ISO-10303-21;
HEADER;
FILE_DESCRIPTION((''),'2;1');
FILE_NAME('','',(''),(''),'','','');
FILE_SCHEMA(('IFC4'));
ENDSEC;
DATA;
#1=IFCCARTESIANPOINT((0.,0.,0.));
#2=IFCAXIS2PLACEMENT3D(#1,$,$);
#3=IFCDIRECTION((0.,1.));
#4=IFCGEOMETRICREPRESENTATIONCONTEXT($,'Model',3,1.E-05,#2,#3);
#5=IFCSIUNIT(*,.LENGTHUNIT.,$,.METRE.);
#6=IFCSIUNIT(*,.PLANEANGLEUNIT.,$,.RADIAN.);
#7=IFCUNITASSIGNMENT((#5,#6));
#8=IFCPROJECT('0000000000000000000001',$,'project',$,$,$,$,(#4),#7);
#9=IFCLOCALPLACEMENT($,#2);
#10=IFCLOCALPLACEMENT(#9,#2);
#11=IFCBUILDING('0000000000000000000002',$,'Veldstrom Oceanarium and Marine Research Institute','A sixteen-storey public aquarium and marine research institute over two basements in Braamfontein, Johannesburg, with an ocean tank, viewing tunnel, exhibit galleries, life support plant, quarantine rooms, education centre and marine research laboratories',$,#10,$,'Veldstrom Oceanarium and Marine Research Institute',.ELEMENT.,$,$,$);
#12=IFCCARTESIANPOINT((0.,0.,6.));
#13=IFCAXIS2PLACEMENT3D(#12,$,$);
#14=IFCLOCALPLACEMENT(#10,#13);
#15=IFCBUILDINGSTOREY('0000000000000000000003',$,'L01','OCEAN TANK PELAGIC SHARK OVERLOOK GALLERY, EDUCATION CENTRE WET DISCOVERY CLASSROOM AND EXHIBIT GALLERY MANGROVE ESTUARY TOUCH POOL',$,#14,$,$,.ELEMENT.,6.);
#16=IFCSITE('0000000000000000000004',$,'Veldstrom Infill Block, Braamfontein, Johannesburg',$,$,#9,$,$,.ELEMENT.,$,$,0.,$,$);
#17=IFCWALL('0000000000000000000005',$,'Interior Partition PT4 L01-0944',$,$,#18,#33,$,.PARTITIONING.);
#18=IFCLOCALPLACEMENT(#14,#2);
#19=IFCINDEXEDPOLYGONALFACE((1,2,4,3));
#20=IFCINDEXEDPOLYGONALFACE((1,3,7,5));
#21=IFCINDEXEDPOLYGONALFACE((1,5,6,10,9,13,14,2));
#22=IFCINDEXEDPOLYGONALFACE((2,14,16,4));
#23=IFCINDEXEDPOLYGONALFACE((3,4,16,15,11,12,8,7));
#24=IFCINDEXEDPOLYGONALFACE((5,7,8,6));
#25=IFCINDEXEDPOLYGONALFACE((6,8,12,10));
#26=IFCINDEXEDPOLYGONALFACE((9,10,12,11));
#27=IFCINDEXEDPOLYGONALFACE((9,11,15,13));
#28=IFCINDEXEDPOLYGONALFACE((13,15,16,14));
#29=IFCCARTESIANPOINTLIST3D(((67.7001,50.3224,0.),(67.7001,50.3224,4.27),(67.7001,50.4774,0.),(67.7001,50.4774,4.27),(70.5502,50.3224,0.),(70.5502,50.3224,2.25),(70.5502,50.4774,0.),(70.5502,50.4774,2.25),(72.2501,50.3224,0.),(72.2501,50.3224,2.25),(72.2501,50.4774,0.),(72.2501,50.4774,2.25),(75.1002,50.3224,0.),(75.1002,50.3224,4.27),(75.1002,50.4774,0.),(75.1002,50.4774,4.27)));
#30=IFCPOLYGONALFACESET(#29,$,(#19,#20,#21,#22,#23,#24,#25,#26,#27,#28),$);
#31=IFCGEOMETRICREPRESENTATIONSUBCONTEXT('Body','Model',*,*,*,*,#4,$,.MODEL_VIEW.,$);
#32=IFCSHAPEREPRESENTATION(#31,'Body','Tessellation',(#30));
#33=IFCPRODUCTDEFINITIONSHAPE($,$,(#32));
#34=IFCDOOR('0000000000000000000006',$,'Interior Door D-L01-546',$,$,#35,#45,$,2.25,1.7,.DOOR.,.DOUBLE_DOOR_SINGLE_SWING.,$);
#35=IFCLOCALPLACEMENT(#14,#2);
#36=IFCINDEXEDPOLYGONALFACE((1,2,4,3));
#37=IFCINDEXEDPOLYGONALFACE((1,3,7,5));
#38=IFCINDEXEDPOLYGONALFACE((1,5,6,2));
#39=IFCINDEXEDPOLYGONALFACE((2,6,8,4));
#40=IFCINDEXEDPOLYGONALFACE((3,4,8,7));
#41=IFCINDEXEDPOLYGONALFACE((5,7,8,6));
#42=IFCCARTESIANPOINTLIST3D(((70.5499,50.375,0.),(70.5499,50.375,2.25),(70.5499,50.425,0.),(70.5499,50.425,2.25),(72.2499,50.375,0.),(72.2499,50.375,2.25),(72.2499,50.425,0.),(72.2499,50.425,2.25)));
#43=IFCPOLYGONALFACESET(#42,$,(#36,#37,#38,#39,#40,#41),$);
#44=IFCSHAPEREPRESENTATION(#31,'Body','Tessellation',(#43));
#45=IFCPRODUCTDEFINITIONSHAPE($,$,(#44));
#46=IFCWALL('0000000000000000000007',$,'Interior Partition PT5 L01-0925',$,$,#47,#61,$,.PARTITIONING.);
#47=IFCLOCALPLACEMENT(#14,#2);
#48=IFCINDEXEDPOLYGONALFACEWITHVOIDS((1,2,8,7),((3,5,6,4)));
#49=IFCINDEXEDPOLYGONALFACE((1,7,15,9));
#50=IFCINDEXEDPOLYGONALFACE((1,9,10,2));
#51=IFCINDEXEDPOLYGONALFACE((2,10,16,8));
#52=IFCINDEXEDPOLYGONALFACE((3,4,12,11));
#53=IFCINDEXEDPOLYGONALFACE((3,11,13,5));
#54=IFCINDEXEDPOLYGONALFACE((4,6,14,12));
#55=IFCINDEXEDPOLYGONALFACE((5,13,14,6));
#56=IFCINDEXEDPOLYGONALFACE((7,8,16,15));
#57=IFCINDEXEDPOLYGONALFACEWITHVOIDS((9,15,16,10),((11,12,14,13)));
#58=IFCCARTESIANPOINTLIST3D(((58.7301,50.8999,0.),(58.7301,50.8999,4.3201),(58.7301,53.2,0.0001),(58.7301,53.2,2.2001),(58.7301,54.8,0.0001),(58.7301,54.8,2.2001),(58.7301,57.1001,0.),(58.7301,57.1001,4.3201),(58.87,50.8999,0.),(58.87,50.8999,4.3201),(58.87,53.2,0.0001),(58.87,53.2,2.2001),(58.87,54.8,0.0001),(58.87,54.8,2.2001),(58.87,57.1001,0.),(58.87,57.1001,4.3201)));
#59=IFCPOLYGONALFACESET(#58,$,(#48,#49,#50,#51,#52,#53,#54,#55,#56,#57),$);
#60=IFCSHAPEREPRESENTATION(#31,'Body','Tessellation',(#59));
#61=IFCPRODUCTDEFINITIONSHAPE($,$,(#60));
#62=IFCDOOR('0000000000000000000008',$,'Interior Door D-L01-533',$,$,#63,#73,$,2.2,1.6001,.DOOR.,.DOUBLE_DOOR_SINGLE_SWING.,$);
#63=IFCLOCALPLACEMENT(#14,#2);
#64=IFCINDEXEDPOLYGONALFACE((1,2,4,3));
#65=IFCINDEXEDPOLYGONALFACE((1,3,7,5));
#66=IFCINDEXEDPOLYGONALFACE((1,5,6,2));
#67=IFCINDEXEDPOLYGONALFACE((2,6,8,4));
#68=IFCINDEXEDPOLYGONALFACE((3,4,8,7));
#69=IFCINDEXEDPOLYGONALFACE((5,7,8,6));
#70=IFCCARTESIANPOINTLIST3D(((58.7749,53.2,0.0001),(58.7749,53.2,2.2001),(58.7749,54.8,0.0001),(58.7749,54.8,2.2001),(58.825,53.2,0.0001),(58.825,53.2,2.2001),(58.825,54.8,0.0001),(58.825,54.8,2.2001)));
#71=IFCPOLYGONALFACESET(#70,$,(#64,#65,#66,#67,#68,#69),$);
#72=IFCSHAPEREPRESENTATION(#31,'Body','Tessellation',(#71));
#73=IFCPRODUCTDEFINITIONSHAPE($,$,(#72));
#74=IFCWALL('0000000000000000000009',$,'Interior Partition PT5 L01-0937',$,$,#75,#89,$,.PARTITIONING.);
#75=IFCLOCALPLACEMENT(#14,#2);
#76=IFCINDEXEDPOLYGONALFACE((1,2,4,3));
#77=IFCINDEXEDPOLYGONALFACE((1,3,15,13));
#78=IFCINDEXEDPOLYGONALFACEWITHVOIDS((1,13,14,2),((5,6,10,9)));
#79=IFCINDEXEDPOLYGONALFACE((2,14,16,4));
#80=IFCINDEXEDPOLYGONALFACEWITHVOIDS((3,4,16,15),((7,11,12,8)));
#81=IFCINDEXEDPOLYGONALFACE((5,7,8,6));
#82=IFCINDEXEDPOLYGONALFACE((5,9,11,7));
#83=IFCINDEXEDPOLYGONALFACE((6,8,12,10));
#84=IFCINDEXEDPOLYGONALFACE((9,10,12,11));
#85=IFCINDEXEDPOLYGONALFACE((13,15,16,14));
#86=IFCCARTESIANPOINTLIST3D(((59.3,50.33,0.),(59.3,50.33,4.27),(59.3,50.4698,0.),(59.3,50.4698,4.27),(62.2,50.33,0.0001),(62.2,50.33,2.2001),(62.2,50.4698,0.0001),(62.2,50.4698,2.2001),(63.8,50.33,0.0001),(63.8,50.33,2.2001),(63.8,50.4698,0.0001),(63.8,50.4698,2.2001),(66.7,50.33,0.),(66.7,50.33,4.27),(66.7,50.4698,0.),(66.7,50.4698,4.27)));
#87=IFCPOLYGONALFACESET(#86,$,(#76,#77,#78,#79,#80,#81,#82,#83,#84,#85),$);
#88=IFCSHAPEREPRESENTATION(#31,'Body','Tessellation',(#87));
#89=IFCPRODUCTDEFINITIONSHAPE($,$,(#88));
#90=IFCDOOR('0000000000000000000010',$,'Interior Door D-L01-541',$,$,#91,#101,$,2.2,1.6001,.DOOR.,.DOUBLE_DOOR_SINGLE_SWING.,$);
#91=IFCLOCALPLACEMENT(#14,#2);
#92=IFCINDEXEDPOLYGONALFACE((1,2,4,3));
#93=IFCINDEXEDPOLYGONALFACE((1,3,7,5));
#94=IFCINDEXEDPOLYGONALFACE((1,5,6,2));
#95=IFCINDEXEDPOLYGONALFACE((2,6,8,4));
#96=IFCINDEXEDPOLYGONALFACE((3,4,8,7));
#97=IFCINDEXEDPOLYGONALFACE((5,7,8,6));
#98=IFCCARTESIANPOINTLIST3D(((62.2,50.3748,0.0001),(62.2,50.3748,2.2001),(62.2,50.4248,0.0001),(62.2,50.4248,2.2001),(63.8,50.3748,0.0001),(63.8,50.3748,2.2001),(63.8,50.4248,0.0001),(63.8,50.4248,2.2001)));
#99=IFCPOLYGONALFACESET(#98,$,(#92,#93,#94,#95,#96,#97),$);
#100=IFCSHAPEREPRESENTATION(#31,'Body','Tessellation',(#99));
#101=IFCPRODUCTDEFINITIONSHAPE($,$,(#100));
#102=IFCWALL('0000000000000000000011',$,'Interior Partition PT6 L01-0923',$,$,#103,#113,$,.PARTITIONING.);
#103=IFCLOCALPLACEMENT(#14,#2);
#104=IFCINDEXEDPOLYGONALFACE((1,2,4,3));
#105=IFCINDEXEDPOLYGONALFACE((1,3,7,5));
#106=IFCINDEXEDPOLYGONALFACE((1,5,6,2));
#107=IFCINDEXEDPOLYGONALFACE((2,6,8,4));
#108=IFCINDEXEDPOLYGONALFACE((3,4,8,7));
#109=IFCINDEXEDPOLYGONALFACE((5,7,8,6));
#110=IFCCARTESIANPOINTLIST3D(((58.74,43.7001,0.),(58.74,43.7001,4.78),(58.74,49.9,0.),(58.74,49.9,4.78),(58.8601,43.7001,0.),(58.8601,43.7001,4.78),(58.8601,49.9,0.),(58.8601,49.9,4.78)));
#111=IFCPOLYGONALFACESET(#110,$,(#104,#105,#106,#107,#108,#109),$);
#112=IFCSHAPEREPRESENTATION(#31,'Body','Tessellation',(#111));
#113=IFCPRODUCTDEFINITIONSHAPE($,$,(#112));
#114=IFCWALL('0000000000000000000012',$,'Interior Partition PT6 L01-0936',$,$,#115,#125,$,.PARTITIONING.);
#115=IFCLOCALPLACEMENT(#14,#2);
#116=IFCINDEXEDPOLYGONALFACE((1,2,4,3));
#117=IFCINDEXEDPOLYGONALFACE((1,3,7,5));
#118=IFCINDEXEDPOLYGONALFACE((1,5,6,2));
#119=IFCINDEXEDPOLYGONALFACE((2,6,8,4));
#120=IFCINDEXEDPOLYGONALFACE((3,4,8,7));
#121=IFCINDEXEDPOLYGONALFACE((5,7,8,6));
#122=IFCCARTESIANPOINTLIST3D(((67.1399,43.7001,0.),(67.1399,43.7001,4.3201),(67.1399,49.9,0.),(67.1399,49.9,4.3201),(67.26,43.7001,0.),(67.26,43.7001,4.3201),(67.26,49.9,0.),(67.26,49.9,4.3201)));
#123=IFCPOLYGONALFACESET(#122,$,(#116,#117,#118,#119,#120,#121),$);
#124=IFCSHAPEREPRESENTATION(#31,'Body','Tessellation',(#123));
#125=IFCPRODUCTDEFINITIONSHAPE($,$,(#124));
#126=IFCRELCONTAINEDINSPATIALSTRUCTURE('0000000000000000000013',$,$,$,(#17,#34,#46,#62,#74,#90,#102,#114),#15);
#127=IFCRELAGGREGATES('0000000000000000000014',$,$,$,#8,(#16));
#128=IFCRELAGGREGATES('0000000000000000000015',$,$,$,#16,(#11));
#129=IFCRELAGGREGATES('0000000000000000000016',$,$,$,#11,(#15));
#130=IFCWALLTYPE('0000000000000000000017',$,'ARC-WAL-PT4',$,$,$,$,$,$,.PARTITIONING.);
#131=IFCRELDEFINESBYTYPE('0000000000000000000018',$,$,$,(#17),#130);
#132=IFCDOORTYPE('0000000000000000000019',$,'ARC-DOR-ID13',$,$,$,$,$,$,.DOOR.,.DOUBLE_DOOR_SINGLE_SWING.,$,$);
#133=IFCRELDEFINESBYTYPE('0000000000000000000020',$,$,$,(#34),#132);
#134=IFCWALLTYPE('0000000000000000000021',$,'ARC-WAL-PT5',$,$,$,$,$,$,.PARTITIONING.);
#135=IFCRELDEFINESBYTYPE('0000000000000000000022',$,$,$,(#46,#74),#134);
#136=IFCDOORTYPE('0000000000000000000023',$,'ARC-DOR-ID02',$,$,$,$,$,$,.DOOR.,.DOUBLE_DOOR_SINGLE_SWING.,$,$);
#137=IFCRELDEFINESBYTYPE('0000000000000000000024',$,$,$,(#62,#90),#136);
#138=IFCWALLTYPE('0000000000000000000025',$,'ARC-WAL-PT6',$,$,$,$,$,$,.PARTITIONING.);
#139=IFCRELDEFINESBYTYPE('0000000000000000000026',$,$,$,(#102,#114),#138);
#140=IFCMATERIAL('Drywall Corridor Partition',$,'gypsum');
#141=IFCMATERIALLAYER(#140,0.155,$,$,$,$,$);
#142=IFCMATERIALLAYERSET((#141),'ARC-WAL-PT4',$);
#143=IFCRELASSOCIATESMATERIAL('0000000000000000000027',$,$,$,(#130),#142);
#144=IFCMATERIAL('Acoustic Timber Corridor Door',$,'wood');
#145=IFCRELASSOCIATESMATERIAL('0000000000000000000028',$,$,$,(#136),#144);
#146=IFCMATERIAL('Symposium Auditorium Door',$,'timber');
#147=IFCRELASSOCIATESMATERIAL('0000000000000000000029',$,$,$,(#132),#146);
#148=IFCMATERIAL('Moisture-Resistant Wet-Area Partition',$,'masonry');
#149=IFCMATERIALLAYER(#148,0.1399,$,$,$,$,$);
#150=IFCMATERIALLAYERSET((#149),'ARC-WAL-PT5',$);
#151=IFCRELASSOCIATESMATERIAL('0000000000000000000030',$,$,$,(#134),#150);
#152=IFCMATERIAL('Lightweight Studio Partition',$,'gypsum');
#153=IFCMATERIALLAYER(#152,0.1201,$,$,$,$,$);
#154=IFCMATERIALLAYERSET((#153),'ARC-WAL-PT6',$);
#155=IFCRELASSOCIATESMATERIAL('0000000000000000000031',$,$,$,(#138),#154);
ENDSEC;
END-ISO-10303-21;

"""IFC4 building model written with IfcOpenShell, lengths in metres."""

from ifc_helpers import new_model, si_unit, direction, frame, frame_2d, origin, place, context, subcontext, project, spatial, rectangle, extrude, material, layer, layer_set, type_object, element, fill, save


model = new_model("IFC4")

# Units and contexts
model_context = context("Model", 3, precision=1e-05, world=origin(), true_north=direction((0.0, 1.0)))
body_context = subcontext(model_context, "Body", "Model", "MODEL_VIEW")
ifc_project = project(units=[si_unit("LENGTHUNIT", "METRE"), si_unit("PLANEANGLEUNIT", "RADIAN")], contexts=[model_context])

# Site, building, storey
site_placement = place(None, origin())
site = spatial("IfcSite", under=ifc_project, at=site_placement, Name="Veldstrom Infill Block, Braamfontein, Johannesburg", CompositionType="ELEMENT", RefElevation=0.0)
building_placement = place(site_placement, origin())
building = spatial("IfcBuilding", under=site, at=building_placement, Name="Veldstrom Oceanarium and Marine Research Institute", Description="A sixteen-storey public aquarium and marine research institute over two basements in Braamfontein, Johannesburg, with an ocean tank, viewing tunnel, exhibit galleries, life support plant, quarantine rooms, education centre and marine research laboratories", LongName="Veldstrom Oceanarium and Marine Research Institute", CompositionType="ELEMENT")
storey_placement = place(building_placement, frame((0.0, 0.0, 6.0)))
storey = spatial("IfcBuildingStorey", under=building, at=storey_placement, Name="L01", Description="OCEAN TANK PELAGIC SHARK OVERLOOK GALLERY, EDUCATION CENTRE WET DISCOVERY CLASSROOM AND EXHIBIT GALLERY MANGROVE ESTUARY TOUCH POOL", CompositionType="ELEMENT", Elevation=6.0)

# Walls, openings, doors
ifc_material_1 = material(Name="Drywall Corridor Partition", Category="gypsum")
ifc_layer_1 = layer(ifc_material_1, 0.155)
ifc_layer_set_1 = layer_set([ifc_layer_1], Name="ARC-WAL-PT4")
wall_type_1 = type_object("IfcWallType", Name="ARC-WAL-PT4", PredefinedType="PARTITIONING", material=ifc_layer_set_1)
ifc_material_2 = material(Name="Acoustic Timber Corridor Door", Category="wood")
door_type_1 = type_object("IfcDoorType", Name="ARC-DOR-ID02", OperationType="DOUBLE_DOOR_SINGLE_SWING", PredefinedType="DOOR", material=ifc_material_2)
wall_1_placement = place(storey_placement, frame((67.7, 50.3999, 0.0), z_axis=(0.0, 0.0, 1.0), x_axis=(1.0, 0.0, 0.0)))
wall_1 = element("IfcWall", 1, at=wall_1_placement, inside=storey, type_object=wall_type_1, Name="Interior Partition PT4 L01-0944", PredefinedType="PARTITIONING", context=body_context, shape_type="SweptSolid", body=[
    extrude(rectangle(XDim=7.4001, YDim=0.155, at=frame_2d((3.7002, 0.0))), origin(), (0.0, 0.0, 1.0), 4.27),
])
opening_1_placement = place(wall_1_placement, frame((2.8501, 0.0, 0.0)))
opening_1 = element("IfcOpeningElement", 2, at=opening_1_placement, cuts=wall_1, PredefinedType="OPENING", context=body_context, shape_type="SweptSolid", body=[
    extrude(rectangle(XDim=1.7, YDim=2.25, at=frame_2d((0.8501, 1.125))), frame((0.0, 0.0874, 0.0), z_axis=(0.0, -1.0, 0.0), x_axis=(1.0, 0.0, 0.0)), (0.0, 0.0, 1.0), 0.175),
])
ifc_material_3 = material(Name="Symposium Auditorium Door", Category="timber")
door_type_2 = type_object("IfcDoorType", Name="ARC-DOR-ID13", OperationType="DOUBLE_DOOR_SINGLE_SWING", PredefinedType="DOOR", material=ifc_material_3)
door_1_placement = place(opening_1_placement, frame((1.7, 0.0, 0.0), z_axis=(0.0, 0.0, 1.0), x_axis=(-1.0, 0.0, 0.0)))
door_1 = element("IfcDoor", 3, at=door_1_placement, inside=storey, type_object=door_type_2, Name="Interior Door D-L01-546", OperationType="DOUBLE_DOOR_SINGLE_SWING", OverallHeight=2.25, OverallWidth=1.7, PredefinedType="DOOR", context=body_context, shape_type="SweptSolid", body=[
    extrude(rectangle(XDim=1.7, YDim=2.25, at=frame_2d((0.8501, 1.125))), frame((0.0, 0.0249, 0.0), z_axis=(0.0, -1.0, 0.0), x_axis=(1.0, 0.0, 0.0)), (0.0, 0.0, 1.0), 0.05),
])
fill(opening_1, door_1)
ifc_material_4 = material(Name="Moisture-Resistant Wet-Area Partition", Category="masonry")
ifc_layer_2 = layer(ifc_material_4, 0.1399)
ifc_layer_set_2 = layer_set([ifc_layer_2], Name="ARC-WAL-PT5")
wall_type_2 = type_object("IfcWallType", Name="ARC-WAL-PT5", PredefinedType="PARTITIONING", material=ifc_layer_set_2)
wall_2_placement = place(storey_placement, frame((58.8, 50.8999, 0.0), z_axis=(0.0, 0.0, 1.0), x_axis=(0.0, 1.0, 0.0)))
wall_2 = element("IfcWall", 4, at=wall_2_placement, inside=storey, type_object=wall_type_2, Name="Interior Partition PT5 L01-0925", PredefinedType="PARTITIONING", context=body_context, shape_type="SweptSolid", body=[
    extrude(rectangle(XDim=6.2002, YDim=0.1399, at=frame_2d((3.1001, 0.0))), origin(), (0.0, 0.0, 1.0), 4.3201),
])
opening_2_placement = place(wall_2_placement, frame((2.3, 0.0, 0.0)))
opening_2 = element("IfcOpeningElement", 5, at=opening_2_placement, cuts=wall_2, PredefinedType="OPENING", context=body_context, shape_type="SweptSolid", body=[
    extrude(rectangle(XDim=1.6001, YDim=2.2, at=frame_2d((0.8, 1.1001))), frame((0.0, 0.0798, 0.0), z_axis=(0.0, -1.0, 0.0), x_axis=(1.0, 0.0, 0.0)), (0.0, 0.0, 1.0), 0.1599),
])
door_2_placement = place(opening_2_placement, frame((1.6001, 0.0, 0.0), z_axis=(0.0, 0.0, 1.0), x_axis=(-1.0, 0.0, 0.0)))
door_2 = element("IfcDoor", 6, at=door_2_placement, inside=storey, type_object=door_type_1, Name="Interior Door D-L01-533", OperationType="DOUBLE_DOOR_SINGLE_SWING", OverallHeight=2.2, OverallWidth=1.6001, PredefinedType="DOOR", context=body_context, shape_type="SweptSolid", body=[
    extrude(rectangle(XDim=1.6001, YDim=2.2, at=frame_2d((0.8, 1.1001))), frame((0.0, 0.0249, 0.0), z_axis=(0.0, -1.0, 0.0), x_axis=(1.0, 0.0, 0.0)), (0.0, 0.0, 1.0), 0.05),
])
fill(opening_2, door_2)
wall_3_placement = place(storey_placement, frame((59.3, 50.3999, 0.0), z_axis=(0.0, 0.0, 1.0), x_axis=(1.0, 0.0, 0.0)))
wall_3 = element("IfcWall", 7, at=wall_3_placement, inside=storey, type_object=wall_type_2, Name="Interior Partition PT5 L01-0937", PredefinedType="PARTITIONING", context=body_context, shape_type="SweptSolid", body=[
    extrude(rectangle(XDim=7.3999, YDim=0.1399, at=frame_2d((3.7, 0.0))), origin(), (0.0, 0.0, 1.0), 4.27),
])
opening_3_placement = place(wall_3_placement, frame((2.8999, 0.0, 0.0)))
opening_3 = element("IfcOpeningElement", 8, at=opening_3_placement, cuts=wall_3, PredefinedType="OPENING", context=body_context, shape_type="SweptSolid", body=[
    extrude(rectangle(XDim=1.6001, YDim=2.2, at=frame_2d((0.8, 1.1001))), frame((0.0, 0.0798, 0.0), z_axis=(0.0, -1.0, 0.0), x_axis=(1.0, 0.0, 0.0)), (0.0, 0.0, 1.0), 0.1599),
])
door_3_placement = place(opening_3_placement, origin())
door_3 = element("IfcDoor", 9, at=door_3_placement, inside=storey, type_object=door_type_1, Name="Interior Door D-L01-541", OperationType="DOUBLE_DOOR_SINGLE_SWING", OverallHeight=2.2, OverallWidth=1.6001, PredefinedType="DOOR", context=body_context, shape_type="SweptSolid", body=[
    extrude(rectangle(XDim=1.6001, YDim=2.2, at=frame_2d((0.8, 1.1001))), frame((0.0, 0.0249, 0.0), z_axis=(0.0, -1.0, 0.0), x_axis=(1.0, 0.0, 0.0)), (0.0, 0.0, 1.0), 0.05),
])
fill(opening_3, door_3)

# Walls
ifc_material_5 = material(Name="Lightweight Studio Partition", Category="gypsum")
ifc_layer_3 = layer(ifc_material_5, 0.1201)
ifc_layer_set_3 = layer_set([ifc_layer_3], Name="ARC-WAL-PT6")
wall_type_3 = type_object("IfcWallType", Name="ARC-WAL-PT6", PredefinedType="PARTITIONING", material=ifc_layer_set_3)
wall_4_placement = place(storey_placement, frame((58.8, 43.7, 0.0), z_axis=(0.0, 0.0, 1.0), x_axis=(0.0, 1.0, 0.0)))
element("IfcWall", 10, at=wall_4_placement, inside=storey, type_object=wall_type_3, Name="Interior Partition PT6 L01-0923", PredefinedType="PARTITIONING", context=body_context, shape_type="SweptSolid", body=[
    extrude(rectangle(XDim=6.2, YDim=0.1201, at=frame_2d((3.1001, 0.0))), origin(), (0.0, 0.0, 1.0), 4.78),
])
wall_5_placement = place(storey_placement, frame((67.2, 43.7, 0.0), z_axis=(0.0, 0.0, 1.0), x_axis=(0.0, 1.0, 0.0)))
element("IfcWall", 11, at=wall_5_placement, inside=storey, type_object=wall_type_3, Name="Interior Partition PT6 L01-0936", PredefinedType="PARTITIONING", context=body_context, shape_type="SweptSolid", body=[
    extrude(rectangle(XDim=6.2, YDim=0.1201, at=frame_2d((3.1001, 0.0))), origin(), (0.0, 0.0, 1.0), 4.3201),
])

save(model, "model.ifc")
